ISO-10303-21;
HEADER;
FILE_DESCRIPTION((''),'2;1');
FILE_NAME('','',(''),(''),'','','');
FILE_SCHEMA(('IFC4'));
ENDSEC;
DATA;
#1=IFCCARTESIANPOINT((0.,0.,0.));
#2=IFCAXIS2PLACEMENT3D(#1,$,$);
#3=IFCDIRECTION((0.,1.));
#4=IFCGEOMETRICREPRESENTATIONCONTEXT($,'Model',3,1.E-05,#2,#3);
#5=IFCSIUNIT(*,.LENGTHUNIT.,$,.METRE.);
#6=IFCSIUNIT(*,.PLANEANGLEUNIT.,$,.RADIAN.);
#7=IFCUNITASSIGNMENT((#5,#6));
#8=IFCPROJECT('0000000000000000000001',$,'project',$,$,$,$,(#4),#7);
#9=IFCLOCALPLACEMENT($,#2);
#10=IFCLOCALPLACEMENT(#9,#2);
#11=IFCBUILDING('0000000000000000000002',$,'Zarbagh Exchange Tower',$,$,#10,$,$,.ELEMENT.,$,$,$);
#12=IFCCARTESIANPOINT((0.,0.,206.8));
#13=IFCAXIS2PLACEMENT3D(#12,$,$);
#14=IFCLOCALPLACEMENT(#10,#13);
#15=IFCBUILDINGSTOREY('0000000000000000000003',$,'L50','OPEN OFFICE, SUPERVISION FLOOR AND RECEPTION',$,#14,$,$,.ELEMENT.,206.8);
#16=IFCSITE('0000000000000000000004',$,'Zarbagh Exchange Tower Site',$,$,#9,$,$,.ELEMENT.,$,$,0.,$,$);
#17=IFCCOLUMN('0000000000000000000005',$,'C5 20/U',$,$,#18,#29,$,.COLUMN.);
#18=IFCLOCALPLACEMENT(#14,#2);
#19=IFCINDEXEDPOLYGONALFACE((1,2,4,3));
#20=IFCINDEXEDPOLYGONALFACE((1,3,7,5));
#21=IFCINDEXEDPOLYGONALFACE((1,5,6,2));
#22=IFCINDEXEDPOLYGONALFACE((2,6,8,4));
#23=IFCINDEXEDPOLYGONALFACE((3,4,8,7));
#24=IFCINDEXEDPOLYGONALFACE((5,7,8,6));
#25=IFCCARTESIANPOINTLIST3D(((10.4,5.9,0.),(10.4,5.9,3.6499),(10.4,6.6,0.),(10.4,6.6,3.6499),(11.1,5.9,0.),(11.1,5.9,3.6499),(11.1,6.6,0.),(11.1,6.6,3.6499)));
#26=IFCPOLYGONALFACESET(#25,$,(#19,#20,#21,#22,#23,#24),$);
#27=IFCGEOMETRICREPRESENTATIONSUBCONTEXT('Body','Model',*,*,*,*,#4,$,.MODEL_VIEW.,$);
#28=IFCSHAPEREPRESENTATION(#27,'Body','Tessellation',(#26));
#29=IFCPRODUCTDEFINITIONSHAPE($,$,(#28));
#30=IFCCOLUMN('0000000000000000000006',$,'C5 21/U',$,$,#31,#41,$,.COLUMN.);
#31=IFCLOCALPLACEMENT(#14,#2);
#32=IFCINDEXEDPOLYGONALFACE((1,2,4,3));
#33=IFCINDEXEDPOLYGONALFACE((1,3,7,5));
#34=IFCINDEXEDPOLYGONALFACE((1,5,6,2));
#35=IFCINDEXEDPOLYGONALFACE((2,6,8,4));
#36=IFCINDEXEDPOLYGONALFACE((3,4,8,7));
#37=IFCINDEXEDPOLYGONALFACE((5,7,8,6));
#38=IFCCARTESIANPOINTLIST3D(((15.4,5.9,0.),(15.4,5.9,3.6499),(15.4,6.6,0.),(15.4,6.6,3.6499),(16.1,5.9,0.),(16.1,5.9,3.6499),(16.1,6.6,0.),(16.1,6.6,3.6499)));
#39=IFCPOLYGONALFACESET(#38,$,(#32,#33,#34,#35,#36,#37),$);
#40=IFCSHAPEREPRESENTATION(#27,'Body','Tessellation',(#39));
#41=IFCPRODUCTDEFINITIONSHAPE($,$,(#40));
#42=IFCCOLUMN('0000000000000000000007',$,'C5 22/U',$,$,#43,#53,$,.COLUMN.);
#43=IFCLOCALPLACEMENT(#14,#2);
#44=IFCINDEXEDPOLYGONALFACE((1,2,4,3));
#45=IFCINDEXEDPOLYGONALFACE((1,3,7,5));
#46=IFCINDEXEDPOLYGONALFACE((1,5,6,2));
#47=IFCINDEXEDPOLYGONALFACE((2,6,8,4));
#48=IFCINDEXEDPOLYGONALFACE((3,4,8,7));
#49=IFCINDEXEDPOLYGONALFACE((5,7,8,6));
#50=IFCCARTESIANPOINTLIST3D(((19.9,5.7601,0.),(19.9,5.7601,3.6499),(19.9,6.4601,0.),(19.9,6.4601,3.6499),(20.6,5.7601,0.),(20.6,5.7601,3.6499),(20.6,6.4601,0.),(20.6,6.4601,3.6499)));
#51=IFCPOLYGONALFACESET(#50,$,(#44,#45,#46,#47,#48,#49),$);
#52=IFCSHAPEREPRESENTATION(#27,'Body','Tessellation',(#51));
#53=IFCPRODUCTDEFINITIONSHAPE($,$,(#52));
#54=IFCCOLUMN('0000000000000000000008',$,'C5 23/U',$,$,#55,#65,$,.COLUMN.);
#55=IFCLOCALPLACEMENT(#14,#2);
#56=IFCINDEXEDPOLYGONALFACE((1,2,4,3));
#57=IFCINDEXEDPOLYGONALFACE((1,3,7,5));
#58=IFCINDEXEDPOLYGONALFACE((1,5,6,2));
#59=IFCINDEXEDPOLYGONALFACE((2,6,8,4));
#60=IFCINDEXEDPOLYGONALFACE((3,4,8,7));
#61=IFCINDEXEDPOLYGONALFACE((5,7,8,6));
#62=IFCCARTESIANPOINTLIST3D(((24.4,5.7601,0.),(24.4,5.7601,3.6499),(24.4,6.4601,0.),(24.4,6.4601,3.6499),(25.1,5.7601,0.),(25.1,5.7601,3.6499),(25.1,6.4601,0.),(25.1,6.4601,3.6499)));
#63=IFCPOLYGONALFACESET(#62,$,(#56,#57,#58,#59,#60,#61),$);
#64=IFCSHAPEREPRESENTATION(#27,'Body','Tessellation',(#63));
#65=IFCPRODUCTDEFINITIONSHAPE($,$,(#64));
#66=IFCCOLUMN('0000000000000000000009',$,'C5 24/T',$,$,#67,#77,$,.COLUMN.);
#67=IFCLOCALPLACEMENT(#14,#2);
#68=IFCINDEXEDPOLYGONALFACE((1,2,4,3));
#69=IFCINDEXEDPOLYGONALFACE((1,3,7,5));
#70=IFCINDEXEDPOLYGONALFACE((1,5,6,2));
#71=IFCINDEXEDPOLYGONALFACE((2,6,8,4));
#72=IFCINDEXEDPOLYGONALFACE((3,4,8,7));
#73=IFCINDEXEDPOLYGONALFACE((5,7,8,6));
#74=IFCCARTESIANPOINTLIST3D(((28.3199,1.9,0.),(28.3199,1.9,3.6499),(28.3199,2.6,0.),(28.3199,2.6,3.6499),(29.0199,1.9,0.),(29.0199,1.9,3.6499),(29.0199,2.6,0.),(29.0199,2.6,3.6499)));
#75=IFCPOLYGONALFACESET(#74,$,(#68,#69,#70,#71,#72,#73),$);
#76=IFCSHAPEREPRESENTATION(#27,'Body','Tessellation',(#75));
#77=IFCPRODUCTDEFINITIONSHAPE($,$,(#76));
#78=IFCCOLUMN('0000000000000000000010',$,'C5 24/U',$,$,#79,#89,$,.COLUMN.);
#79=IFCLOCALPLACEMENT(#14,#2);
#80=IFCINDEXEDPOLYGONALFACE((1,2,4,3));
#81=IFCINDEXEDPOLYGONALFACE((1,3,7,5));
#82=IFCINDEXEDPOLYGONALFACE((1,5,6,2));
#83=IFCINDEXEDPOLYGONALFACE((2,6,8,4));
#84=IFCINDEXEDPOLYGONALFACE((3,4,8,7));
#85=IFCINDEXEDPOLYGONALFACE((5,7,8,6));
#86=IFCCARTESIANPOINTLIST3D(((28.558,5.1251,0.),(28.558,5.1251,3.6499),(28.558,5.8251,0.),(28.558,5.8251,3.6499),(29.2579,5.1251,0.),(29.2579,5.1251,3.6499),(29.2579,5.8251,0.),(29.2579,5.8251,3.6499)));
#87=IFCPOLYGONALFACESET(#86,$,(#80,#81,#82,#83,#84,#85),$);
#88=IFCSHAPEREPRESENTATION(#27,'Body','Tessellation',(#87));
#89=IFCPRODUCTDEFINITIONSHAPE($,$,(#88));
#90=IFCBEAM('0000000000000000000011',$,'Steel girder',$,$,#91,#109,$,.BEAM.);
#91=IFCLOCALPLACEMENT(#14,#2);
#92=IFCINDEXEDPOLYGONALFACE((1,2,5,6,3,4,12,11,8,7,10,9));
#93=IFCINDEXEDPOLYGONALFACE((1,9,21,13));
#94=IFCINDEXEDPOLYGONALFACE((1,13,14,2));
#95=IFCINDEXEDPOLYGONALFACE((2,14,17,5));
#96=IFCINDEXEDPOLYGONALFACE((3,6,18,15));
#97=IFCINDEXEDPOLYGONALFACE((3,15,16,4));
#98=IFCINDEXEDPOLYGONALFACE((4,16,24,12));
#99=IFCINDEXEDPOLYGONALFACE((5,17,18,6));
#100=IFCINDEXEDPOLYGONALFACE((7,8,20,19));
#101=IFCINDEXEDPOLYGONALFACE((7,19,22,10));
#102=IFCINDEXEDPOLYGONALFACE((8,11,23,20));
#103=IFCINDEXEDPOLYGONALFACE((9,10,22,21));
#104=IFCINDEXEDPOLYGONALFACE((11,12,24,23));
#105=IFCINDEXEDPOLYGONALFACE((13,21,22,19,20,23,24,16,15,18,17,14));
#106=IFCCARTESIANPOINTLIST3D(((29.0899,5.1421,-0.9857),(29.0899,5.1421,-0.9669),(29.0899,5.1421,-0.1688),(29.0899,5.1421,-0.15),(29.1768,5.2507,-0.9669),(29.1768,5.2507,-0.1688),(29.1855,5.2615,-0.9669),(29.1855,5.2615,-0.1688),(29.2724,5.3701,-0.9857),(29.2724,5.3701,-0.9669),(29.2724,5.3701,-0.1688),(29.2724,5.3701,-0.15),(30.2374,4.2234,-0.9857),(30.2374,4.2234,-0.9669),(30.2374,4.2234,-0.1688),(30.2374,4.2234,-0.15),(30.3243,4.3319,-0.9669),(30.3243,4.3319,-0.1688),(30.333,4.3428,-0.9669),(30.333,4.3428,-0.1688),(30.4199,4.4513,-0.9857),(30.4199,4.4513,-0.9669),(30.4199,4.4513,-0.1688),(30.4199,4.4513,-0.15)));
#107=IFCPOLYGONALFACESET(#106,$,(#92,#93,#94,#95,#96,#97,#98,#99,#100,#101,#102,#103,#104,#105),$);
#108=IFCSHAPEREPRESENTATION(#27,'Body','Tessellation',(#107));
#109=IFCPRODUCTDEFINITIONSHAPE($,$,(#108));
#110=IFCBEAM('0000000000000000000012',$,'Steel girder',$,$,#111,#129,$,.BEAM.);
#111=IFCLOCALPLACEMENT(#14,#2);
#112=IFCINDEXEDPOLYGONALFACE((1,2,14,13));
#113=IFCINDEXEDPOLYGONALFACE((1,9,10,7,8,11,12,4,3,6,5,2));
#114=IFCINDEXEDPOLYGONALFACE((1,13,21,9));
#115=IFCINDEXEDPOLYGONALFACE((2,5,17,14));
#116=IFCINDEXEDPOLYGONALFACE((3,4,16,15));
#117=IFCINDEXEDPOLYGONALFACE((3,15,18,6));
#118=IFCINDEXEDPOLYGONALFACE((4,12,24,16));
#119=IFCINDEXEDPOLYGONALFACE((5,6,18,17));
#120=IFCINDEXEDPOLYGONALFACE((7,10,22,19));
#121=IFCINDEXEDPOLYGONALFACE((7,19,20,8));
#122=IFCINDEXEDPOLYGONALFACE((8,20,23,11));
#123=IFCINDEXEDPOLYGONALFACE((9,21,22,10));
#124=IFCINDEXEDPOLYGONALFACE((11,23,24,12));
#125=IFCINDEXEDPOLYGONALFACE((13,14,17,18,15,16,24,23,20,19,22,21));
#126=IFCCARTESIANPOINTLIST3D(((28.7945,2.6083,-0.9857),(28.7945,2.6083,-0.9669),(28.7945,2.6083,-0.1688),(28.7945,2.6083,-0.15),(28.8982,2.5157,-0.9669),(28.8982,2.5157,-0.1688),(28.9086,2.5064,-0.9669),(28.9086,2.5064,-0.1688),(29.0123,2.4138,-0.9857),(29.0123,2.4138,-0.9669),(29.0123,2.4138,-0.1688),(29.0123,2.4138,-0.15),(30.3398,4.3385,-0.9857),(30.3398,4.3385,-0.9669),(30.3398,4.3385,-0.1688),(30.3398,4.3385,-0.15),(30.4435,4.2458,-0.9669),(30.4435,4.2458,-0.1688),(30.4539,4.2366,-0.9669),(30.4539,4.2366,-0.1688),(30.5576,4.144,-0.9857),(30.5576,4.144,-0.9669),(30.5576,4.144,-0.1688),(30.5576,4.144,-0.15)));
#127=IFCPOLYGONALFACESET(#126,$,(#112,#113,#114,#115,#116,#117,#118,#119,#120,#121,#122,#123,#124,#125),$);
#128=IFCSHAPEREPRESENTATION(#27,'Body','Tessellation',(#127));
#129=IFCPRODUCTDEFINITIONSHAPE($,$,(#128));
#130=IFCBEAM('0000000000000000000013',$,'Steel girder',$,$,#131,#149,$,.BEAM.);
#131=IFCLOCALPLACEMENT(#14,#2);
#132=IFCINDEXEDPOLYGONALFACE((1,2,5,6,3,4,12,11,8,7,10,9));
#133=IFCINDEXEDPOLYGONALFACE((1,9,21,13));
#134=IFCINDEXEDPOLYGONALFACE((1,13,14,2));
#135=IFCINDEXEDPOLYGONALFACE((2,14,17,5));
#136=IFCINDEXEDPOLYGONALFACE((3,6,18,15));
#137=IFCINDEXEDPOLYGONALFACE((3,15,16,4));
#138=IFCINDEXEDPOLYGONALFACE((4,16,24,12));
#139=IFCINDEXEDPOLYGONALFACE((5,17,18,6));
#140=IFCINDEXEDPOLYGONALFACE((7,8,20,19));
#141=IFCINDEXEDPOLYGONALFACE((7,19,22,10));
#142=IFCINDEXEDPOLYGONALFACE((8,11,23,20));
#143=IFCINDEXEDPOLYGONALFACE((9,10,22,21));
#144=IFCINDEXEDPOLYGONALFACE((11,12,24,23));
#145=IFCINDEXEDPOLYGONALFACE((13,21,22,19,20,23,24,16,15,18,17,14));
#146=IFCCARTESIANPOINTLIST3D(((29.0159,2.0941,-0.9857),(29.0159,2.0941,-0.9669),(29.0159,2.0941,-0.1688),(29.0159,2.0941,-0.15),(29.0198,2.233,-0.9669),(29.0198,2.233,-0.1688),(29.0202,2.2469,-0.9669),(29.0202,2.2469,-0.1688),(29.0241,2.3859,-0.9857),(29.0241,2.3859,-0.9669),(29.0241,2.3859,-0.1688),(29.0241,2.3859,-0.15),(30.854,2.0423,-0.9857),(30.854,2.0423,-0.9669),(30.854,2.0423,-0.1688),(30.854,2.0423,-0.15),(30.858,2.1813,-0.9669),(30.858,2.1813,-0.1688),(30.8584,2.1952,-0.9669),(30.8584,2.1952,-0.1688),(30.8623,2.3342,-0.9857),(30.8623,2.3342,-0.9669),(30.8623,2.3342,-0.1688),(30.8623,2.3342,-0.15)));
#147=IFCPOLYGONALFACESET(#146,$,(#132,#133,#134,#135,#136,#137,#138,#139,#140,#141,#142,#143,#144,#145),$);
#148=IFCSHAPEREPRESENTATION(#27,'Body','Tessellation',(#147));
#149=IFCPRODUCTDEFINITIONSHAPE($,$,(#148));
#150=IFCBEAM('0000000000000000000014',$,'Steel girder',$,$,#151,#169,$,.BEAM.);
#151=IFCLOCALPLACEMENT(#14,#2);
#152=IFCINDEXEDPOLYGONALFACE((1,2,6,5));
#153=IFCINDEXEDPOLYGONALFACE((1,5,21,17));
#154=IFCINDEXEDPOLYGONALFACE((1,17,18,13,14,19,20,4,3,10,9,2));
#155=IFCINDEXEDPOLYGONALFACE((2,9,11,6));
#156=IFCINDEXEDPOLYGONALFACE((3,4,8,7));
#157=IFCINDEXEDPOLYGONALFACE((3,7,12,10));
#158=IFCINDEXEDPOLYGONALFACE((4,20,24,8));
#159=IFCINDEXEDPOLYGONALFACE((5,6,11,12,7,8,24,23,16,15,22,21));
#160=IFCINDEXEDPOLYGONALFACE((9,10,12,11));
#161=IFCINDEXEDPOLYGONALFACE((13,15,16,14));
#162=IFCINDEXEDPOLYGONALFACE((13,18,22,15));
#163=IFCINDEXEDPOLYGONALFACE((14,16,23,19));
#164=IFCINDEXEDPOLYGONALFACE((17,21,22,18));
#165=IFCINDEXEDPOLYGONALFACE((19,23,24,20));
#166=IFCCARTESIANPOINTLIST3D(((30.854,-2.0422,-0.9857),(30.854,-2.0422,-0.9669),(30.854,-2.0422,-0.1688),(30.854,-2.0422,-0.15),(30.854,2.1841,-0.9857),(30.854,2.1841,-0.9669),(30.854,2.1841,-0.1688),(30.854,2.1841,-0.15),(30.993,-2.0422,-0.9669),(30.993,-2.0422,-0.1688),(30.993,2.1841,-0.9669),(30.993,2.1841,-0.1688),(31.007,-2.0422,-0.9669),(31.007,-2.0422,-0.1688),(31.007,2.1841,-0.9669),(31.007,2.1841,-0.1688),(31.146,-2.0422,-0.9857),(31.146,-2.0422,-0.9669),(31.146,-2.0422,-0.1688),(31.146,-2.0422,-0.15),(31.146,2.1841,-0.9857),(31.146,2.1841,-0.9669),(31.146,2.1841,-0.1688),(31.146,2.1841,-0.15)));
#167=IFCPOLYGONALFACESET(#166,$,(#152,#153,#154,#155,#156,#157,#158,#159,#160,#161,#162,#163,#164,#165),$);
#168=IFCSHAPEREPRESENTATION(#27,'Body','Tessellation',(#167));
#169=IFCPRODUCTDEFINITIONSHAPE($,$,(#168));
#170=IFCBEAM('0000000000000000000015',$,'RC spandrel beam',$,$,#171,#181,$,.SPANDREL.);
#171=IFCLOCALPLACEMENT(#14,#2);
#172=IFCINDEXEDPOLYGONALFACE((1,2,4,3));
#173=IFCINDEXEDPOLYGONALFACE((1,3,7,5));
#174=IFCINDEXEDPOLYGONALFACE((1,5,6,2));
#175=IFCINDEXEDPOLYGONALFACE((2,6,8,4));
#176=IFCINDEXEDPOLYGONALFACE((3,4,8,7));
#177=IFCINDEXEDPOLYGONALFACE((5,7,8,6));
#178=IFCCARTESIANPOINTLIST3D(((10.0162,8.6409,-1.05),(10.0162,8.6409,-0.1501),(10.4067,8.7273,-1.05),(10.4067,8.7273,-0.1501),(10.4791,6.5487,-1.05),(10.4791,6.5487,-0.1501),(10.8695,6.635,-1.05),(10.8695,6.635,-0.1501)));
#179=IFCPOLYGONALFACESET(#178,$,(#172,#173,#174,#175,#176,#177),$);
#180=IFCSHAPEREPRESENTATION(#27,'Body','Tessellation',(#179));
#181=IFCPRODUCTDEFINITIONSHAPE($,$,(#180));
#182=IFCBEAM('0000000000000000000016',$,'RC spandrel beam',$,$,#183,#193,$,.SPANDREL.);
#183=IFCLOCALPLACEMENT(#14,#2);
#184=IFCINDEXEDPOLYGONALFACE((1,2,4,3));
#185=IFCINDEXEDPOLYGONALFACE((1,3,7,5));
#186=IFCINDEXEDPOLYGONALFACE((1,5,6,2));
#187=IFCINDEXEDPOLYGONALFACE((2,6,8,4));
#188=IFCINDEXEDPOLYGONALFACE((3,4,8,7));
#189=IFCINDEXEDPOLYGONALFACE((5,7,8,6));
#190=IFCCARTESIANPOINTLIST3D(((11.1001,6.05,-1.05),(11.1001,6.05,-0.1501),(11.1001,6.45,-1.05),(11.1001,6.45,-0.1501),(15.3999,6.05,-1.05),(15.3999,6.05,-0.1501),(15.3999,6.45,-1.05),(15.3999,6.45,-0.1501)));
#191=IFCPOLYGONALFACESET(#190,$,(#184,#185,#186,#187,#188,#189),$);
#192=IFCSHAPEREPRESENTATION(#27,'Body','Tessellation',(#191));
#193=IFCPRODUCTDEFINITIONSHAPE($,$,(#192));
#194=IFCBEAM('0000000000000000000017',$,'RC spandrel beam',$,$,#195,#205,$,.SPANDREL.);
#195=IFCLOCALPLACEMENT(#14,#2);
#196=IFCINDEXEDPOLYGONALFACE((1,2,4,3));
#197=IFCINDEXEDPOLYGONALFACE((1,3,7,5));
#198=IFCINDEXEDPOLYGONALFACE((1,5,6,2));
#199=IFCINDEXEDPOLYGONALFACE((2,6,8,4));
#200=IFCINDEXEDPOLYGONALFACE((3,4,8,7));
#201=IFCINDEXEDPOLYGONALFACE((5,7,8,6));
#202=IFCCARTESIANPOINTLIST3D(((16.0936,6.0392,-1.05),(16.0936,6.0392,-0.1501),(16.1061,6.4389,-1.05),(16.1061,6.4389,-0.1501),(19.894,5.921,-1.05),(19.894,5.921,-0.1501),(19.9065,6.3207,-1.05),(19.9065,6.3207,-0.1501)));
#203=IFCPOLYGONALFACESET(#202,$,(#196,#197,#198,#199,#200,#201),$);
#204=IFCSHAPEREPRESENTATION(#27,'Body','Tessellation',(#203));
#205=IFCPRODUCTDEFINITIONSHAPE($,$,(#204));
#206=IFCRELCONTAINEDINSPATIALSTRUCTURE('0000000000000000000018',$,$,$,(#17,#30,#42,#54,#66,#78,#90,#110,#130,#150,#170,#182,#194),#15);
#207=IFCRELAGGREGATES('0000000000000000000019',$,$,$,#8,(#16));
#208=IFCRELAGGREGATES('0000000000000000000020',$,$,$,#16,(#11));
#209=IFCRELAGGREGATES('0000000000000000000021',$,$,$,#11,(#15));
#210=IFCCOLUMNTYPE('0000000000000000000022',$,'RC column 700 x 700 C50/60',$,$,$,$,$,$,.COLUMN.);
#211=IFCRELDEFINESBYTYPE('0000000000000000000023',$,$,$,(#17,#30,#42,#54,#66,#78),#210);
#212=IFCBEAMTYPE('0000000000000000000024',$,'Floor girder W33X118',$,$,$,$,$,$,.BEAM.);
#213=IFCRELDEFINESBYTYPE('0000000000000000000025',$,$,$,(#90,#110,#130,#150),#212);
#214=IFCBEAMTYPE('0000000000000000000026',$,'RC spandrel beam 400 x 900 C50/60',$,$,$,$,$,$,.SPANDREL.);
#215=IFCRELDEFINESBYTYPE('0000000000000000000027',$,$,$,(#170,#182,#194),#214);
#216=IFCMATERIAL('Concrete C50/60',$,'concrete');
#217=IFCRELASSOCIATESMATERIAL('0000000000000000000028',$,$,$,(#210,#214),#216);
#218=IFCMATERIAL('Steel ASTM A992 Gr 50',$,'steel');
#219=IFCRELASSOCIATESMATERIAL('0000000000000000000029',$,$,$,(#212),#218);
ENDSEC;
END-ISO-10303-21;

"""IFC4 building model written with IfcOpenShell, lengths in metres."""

from ifc_helpers import new_model, si_unit, direction, frame, origin, origin_2d, place, context, subcontext, project, spatial, rectangle, i_section, extrude, material, material_profile, profile_set, type_object, element, save


model = new_model("IFC4")

# Units and contexts
model_context = context("Model", 3, precision=1e-05, world=origin(), true_north=direction((0.0, 1.0)))
body_context = subcontext(model_context, "Body", "Model", "MODEL_VIEW")
ifc_project = project(units=[si_unit("LENGTHUNIT", "METRE"), si_unit("PLANEANGLEUNIT", "RADIAN")], contexts=[model_context])

# Site, building, storey
site_placement = place(None, origin())
site = spatial("IfcSite", under=ifc_project, at=site_placement, Name="Zarbagh Exchange Tower Site", CompositionType="ELEMENT", RefElevation=0.0)
building_placement = place(site_placement, origin())
building = spatial("IfcBuilding", under=site, at=building_placement, Name="Zarbagh Exchange Tower", CompositionType="ELEMENT")
storey_placement = place(building_placement, frame((0.0, 0.0, 206.8)))
storey = spatial("IfcBuildingStorey", under=building, at=storey_placement, Name="L50", Description="OPEN OFFICE, SUPERVISION FLOOR AND RECEPTION", CompositionType="ELEMENT", Elevation=206.8)

# Columns
ifc_material_1 = material(Name="Concrete C50/60", Category="concrete")
ifc_material_profile_1 = material_profile(ifc_material_1, rectangle(XDim=0.7, YDim=0.7, at=origin_2d()), Name="RC column 700 x 700 C50/60")
ifc_profile_set_1 = profile_set([ifc_material_profile_1], Name="Concrete C50/60")
column_type = type_object("IfcColumnType", Name="RC column 700 x 700 C50/60", PredefinedType="COLUMN", material=ifc_profile_set_1)
for number, where, z_axis, x_axis, name in (
    (1, (10.75, 6.25, 0.0), (0.0, 0.0, 1.0), (1.0, 0.0, 0.0), "C5 20/U"),
    (2, (15.75, 6.25, 0.0), (0.0, 0.0, 1.0), (1.0, 0.0, 0.0), "C5 21/U"),
    (3, (20.25, 6.1101, 0.0), (0.0, 0.0, 1.0), (1.0, 0.0, 0.0), "C5 22/U"),
    (4, (24.75, 6.1101, 0.0), (0.0, 0.0, 1.0), (1.0, 0.0, 0.0), "C5 23/U"),
    (5, (28.6699, 2.25, 0.0), (0.0, 0.0, 1.0), (1.0, 0.0, 0.0), "C5 24/T"),
    (6, (28.908, 5.4751, 0.0), (0.0, 0.0, 1.0), (1.0, 0.0, 0.0), "C5 24/U"),
):
    element("IfcColumn", number, at=place(storey_placement, frame(where, z_axis=z_axis, x_axis=x_axis)), inside=storey, type_object=column_type, Name=name, PredefinedType="COLUMN", context=body_context, shape_type="SweptSolid", body=[
        extrude(rectangle(XDim=0.7, YDim=0.7, at=origin_2d()), origin(), (0.0, 0.0, 1.0), 3.6499),
    ])

# Beams
ifc_material_2 = material(Name="Steel ASTM A992 Gr 50", Category="steel")
ifc_material_profile_2 = material_profile(ifc_material_2, i_section(OverallWidth=0.292, OverallDepth=0.8357, WebThickness=0.0139, FlangeThickness=0.0188, at=origin_2d()), Name="W33X118")
ifc_profile_set_2 = profile_set([ifc_material_profile_2], Name="Steel ASTM A992 Gr 50")
beam_type_1 = type_object("IfcBeamType", Name="Floor girder W33X118", PredefinedType="BEAM", material=ifc_profile_set_2)
beam_1_placement = place(storey_placement, frame((29.1812, 5.2561, -0.5679), z_axis=(0.780626, -0.624999, 0.0), x_axis=(0.624999, 0.780626, 0.0)))
element("IfcBeam", 7, at=beam_1_placement, inside=storey, type_object=beam_type_1, Name="Steel girder", PredefinedType="BEAM", context=body_context, shape_type="SweptSolid", body=[
    extrude(i_section(OverallWidth=0.292, OverallDepth=0.8357, WebThickness=0.0139, FlangeThickness=0.0188, at=origin_2d()), origin(), (0.0, 0.0, 1.0), 1.47),
])
beam_2_placement = place(storey_placement, frame((30.4487, 4.2412, -0.5679), z_axis=(-0.666152, -0.745816, 0.0), x_axis=(0.745816, -0.666152, 0.0)))
element("IfcBeam", 8, at=beam_2_placement, inside=storey, type_object=beam_type_1, Name="Steel girder", PredefinedType="BEAM", context=body_context, shape_type="SweptSolid", body=[
    extrude(i_section(OverallWidth=0.292, OverallDepth=0.8357, WebThickness=0.0139, FlangeThickness=0.0188, at=origin_2d()), origin(), (0.0, 0.0, 1.0), 2.3198),
])
beam_3_placement = place(storey_placement, frame((29.02, 2.24, -0.5679), z_axis=(0.999604, -0.028147, 0.0), x_axis=(0.028147, 0.999604, 0.0)))
element("IfcBeam", 9, at=beam_3_placement, inside=storey, type_object=beam_type_1, Name="Steel girder", PredefinedType="BEAM", context=body_context, shape_type="SweptSolid", body=[
    extrude(i_section(OverallWidth=0.292, OverallDepth=0.8357, WebThickness=0.0139, FlangeThickness=0.0188, at=origin_2d()), origin(), (0.0, 0.0, 1.0), 1.8389),
])
beam_4_placement = place(storey_placement, frame((31.0, 2.1841, -0.5679), z_axis=(0.0, -1.0, 0.0), x_axis=(1.0, 0.0, 0.0)))
element("IfcBeam", 10, at=beam_4_placement, inside=storey, type_object=beam_type_1, Name="Steel girder", PredefinedType="BEAM", context=body_context, shape_type="SweptSolid", body=[
    extrude(i_section(OverallWidth=0.292, OverallDepth=0.8357, WebThickness=0.0139, FlangeThickness=0.0188, at=origin_2d()), origin(), (0.0, 0.0, 1.0), 4.2263),
])
ifc_material_profile_3 = material_profile(ifc_material_1, rectangle(XDim=0.3999, YDim=0.8999, at=origin_2d()), Name="RC spandrel beam 400 x 900 C50/60")
ifc_profile_set_3 = profile_set([ifc_material_profile_3], Name="Concrete C50/60")
beam_type_2 = type_object("IfcBeamType", Name="RC spandrel beam 400 x 900 C50/60", PredefinedType="SPANDREL", material=ifc_profile_set_3)
beam_5_placement = place(storey_placement, frame((10.2114, 8.6841, -0.6001), z_axis=(0.216014, -0.97639, 0.0), x_axis=(0.97639, 0.216014, 0.0)))
element("IfcBeam", 11, at=beam_5_placement, inside=storey, type_object=beam_type_2, Name="RC spandrel beam", PredefinedType="SPANDREL", context=body_context, shape_type="SweptSolid", body=[
    extrude(rectangle(XDim=0.3999, YDim=0.8999, at=origin_2d()), origin(), (0.0, 0.0, 1.0), 2.1428),
])
beam_6_placement = place(storey_placement, frame((11.1001, 6.25, -0.6001), z_axis=(1.0, 0.0, 0.0), x_axis=(0.0, 1.0, 0.0)))
element("IfcBeam", 12, at=beam_6_placement, inside=storey, type_object=beam_type_2, Name="RC spandrel beam", PredefinedType="SPANDREL", context=body_context, shape_type="SweptSolid", body=[
    extrude(rectangle(XDim=0.3999, YDim=0.8999, at=origin_2d()), origin(), (0.0, 0.0, 1.0), 4.2998),
])
beam_7_placement = place(storey_placement, frame((16.0999, 6.239, -0.6001), z_axis=(0.999517, -0.031078, 0.0), x_axis=(0.031078, 0.999517, 0.0)))
element("IfcBeam", 13, at=beam_7_placement, inside=storey, type_object=beam_type_2, Name="RC spandrel beam", PredefinedType="SPANDREL", context=body_context, shape_type="SweptSolid", body=[
    extrude(rectangle(XDim=0.3999, YDim=0.8999, at=origin_2d()), origin(), (0.0, 0.0, 1.0), 3.8022),
])

save(model, "model.ifc")
